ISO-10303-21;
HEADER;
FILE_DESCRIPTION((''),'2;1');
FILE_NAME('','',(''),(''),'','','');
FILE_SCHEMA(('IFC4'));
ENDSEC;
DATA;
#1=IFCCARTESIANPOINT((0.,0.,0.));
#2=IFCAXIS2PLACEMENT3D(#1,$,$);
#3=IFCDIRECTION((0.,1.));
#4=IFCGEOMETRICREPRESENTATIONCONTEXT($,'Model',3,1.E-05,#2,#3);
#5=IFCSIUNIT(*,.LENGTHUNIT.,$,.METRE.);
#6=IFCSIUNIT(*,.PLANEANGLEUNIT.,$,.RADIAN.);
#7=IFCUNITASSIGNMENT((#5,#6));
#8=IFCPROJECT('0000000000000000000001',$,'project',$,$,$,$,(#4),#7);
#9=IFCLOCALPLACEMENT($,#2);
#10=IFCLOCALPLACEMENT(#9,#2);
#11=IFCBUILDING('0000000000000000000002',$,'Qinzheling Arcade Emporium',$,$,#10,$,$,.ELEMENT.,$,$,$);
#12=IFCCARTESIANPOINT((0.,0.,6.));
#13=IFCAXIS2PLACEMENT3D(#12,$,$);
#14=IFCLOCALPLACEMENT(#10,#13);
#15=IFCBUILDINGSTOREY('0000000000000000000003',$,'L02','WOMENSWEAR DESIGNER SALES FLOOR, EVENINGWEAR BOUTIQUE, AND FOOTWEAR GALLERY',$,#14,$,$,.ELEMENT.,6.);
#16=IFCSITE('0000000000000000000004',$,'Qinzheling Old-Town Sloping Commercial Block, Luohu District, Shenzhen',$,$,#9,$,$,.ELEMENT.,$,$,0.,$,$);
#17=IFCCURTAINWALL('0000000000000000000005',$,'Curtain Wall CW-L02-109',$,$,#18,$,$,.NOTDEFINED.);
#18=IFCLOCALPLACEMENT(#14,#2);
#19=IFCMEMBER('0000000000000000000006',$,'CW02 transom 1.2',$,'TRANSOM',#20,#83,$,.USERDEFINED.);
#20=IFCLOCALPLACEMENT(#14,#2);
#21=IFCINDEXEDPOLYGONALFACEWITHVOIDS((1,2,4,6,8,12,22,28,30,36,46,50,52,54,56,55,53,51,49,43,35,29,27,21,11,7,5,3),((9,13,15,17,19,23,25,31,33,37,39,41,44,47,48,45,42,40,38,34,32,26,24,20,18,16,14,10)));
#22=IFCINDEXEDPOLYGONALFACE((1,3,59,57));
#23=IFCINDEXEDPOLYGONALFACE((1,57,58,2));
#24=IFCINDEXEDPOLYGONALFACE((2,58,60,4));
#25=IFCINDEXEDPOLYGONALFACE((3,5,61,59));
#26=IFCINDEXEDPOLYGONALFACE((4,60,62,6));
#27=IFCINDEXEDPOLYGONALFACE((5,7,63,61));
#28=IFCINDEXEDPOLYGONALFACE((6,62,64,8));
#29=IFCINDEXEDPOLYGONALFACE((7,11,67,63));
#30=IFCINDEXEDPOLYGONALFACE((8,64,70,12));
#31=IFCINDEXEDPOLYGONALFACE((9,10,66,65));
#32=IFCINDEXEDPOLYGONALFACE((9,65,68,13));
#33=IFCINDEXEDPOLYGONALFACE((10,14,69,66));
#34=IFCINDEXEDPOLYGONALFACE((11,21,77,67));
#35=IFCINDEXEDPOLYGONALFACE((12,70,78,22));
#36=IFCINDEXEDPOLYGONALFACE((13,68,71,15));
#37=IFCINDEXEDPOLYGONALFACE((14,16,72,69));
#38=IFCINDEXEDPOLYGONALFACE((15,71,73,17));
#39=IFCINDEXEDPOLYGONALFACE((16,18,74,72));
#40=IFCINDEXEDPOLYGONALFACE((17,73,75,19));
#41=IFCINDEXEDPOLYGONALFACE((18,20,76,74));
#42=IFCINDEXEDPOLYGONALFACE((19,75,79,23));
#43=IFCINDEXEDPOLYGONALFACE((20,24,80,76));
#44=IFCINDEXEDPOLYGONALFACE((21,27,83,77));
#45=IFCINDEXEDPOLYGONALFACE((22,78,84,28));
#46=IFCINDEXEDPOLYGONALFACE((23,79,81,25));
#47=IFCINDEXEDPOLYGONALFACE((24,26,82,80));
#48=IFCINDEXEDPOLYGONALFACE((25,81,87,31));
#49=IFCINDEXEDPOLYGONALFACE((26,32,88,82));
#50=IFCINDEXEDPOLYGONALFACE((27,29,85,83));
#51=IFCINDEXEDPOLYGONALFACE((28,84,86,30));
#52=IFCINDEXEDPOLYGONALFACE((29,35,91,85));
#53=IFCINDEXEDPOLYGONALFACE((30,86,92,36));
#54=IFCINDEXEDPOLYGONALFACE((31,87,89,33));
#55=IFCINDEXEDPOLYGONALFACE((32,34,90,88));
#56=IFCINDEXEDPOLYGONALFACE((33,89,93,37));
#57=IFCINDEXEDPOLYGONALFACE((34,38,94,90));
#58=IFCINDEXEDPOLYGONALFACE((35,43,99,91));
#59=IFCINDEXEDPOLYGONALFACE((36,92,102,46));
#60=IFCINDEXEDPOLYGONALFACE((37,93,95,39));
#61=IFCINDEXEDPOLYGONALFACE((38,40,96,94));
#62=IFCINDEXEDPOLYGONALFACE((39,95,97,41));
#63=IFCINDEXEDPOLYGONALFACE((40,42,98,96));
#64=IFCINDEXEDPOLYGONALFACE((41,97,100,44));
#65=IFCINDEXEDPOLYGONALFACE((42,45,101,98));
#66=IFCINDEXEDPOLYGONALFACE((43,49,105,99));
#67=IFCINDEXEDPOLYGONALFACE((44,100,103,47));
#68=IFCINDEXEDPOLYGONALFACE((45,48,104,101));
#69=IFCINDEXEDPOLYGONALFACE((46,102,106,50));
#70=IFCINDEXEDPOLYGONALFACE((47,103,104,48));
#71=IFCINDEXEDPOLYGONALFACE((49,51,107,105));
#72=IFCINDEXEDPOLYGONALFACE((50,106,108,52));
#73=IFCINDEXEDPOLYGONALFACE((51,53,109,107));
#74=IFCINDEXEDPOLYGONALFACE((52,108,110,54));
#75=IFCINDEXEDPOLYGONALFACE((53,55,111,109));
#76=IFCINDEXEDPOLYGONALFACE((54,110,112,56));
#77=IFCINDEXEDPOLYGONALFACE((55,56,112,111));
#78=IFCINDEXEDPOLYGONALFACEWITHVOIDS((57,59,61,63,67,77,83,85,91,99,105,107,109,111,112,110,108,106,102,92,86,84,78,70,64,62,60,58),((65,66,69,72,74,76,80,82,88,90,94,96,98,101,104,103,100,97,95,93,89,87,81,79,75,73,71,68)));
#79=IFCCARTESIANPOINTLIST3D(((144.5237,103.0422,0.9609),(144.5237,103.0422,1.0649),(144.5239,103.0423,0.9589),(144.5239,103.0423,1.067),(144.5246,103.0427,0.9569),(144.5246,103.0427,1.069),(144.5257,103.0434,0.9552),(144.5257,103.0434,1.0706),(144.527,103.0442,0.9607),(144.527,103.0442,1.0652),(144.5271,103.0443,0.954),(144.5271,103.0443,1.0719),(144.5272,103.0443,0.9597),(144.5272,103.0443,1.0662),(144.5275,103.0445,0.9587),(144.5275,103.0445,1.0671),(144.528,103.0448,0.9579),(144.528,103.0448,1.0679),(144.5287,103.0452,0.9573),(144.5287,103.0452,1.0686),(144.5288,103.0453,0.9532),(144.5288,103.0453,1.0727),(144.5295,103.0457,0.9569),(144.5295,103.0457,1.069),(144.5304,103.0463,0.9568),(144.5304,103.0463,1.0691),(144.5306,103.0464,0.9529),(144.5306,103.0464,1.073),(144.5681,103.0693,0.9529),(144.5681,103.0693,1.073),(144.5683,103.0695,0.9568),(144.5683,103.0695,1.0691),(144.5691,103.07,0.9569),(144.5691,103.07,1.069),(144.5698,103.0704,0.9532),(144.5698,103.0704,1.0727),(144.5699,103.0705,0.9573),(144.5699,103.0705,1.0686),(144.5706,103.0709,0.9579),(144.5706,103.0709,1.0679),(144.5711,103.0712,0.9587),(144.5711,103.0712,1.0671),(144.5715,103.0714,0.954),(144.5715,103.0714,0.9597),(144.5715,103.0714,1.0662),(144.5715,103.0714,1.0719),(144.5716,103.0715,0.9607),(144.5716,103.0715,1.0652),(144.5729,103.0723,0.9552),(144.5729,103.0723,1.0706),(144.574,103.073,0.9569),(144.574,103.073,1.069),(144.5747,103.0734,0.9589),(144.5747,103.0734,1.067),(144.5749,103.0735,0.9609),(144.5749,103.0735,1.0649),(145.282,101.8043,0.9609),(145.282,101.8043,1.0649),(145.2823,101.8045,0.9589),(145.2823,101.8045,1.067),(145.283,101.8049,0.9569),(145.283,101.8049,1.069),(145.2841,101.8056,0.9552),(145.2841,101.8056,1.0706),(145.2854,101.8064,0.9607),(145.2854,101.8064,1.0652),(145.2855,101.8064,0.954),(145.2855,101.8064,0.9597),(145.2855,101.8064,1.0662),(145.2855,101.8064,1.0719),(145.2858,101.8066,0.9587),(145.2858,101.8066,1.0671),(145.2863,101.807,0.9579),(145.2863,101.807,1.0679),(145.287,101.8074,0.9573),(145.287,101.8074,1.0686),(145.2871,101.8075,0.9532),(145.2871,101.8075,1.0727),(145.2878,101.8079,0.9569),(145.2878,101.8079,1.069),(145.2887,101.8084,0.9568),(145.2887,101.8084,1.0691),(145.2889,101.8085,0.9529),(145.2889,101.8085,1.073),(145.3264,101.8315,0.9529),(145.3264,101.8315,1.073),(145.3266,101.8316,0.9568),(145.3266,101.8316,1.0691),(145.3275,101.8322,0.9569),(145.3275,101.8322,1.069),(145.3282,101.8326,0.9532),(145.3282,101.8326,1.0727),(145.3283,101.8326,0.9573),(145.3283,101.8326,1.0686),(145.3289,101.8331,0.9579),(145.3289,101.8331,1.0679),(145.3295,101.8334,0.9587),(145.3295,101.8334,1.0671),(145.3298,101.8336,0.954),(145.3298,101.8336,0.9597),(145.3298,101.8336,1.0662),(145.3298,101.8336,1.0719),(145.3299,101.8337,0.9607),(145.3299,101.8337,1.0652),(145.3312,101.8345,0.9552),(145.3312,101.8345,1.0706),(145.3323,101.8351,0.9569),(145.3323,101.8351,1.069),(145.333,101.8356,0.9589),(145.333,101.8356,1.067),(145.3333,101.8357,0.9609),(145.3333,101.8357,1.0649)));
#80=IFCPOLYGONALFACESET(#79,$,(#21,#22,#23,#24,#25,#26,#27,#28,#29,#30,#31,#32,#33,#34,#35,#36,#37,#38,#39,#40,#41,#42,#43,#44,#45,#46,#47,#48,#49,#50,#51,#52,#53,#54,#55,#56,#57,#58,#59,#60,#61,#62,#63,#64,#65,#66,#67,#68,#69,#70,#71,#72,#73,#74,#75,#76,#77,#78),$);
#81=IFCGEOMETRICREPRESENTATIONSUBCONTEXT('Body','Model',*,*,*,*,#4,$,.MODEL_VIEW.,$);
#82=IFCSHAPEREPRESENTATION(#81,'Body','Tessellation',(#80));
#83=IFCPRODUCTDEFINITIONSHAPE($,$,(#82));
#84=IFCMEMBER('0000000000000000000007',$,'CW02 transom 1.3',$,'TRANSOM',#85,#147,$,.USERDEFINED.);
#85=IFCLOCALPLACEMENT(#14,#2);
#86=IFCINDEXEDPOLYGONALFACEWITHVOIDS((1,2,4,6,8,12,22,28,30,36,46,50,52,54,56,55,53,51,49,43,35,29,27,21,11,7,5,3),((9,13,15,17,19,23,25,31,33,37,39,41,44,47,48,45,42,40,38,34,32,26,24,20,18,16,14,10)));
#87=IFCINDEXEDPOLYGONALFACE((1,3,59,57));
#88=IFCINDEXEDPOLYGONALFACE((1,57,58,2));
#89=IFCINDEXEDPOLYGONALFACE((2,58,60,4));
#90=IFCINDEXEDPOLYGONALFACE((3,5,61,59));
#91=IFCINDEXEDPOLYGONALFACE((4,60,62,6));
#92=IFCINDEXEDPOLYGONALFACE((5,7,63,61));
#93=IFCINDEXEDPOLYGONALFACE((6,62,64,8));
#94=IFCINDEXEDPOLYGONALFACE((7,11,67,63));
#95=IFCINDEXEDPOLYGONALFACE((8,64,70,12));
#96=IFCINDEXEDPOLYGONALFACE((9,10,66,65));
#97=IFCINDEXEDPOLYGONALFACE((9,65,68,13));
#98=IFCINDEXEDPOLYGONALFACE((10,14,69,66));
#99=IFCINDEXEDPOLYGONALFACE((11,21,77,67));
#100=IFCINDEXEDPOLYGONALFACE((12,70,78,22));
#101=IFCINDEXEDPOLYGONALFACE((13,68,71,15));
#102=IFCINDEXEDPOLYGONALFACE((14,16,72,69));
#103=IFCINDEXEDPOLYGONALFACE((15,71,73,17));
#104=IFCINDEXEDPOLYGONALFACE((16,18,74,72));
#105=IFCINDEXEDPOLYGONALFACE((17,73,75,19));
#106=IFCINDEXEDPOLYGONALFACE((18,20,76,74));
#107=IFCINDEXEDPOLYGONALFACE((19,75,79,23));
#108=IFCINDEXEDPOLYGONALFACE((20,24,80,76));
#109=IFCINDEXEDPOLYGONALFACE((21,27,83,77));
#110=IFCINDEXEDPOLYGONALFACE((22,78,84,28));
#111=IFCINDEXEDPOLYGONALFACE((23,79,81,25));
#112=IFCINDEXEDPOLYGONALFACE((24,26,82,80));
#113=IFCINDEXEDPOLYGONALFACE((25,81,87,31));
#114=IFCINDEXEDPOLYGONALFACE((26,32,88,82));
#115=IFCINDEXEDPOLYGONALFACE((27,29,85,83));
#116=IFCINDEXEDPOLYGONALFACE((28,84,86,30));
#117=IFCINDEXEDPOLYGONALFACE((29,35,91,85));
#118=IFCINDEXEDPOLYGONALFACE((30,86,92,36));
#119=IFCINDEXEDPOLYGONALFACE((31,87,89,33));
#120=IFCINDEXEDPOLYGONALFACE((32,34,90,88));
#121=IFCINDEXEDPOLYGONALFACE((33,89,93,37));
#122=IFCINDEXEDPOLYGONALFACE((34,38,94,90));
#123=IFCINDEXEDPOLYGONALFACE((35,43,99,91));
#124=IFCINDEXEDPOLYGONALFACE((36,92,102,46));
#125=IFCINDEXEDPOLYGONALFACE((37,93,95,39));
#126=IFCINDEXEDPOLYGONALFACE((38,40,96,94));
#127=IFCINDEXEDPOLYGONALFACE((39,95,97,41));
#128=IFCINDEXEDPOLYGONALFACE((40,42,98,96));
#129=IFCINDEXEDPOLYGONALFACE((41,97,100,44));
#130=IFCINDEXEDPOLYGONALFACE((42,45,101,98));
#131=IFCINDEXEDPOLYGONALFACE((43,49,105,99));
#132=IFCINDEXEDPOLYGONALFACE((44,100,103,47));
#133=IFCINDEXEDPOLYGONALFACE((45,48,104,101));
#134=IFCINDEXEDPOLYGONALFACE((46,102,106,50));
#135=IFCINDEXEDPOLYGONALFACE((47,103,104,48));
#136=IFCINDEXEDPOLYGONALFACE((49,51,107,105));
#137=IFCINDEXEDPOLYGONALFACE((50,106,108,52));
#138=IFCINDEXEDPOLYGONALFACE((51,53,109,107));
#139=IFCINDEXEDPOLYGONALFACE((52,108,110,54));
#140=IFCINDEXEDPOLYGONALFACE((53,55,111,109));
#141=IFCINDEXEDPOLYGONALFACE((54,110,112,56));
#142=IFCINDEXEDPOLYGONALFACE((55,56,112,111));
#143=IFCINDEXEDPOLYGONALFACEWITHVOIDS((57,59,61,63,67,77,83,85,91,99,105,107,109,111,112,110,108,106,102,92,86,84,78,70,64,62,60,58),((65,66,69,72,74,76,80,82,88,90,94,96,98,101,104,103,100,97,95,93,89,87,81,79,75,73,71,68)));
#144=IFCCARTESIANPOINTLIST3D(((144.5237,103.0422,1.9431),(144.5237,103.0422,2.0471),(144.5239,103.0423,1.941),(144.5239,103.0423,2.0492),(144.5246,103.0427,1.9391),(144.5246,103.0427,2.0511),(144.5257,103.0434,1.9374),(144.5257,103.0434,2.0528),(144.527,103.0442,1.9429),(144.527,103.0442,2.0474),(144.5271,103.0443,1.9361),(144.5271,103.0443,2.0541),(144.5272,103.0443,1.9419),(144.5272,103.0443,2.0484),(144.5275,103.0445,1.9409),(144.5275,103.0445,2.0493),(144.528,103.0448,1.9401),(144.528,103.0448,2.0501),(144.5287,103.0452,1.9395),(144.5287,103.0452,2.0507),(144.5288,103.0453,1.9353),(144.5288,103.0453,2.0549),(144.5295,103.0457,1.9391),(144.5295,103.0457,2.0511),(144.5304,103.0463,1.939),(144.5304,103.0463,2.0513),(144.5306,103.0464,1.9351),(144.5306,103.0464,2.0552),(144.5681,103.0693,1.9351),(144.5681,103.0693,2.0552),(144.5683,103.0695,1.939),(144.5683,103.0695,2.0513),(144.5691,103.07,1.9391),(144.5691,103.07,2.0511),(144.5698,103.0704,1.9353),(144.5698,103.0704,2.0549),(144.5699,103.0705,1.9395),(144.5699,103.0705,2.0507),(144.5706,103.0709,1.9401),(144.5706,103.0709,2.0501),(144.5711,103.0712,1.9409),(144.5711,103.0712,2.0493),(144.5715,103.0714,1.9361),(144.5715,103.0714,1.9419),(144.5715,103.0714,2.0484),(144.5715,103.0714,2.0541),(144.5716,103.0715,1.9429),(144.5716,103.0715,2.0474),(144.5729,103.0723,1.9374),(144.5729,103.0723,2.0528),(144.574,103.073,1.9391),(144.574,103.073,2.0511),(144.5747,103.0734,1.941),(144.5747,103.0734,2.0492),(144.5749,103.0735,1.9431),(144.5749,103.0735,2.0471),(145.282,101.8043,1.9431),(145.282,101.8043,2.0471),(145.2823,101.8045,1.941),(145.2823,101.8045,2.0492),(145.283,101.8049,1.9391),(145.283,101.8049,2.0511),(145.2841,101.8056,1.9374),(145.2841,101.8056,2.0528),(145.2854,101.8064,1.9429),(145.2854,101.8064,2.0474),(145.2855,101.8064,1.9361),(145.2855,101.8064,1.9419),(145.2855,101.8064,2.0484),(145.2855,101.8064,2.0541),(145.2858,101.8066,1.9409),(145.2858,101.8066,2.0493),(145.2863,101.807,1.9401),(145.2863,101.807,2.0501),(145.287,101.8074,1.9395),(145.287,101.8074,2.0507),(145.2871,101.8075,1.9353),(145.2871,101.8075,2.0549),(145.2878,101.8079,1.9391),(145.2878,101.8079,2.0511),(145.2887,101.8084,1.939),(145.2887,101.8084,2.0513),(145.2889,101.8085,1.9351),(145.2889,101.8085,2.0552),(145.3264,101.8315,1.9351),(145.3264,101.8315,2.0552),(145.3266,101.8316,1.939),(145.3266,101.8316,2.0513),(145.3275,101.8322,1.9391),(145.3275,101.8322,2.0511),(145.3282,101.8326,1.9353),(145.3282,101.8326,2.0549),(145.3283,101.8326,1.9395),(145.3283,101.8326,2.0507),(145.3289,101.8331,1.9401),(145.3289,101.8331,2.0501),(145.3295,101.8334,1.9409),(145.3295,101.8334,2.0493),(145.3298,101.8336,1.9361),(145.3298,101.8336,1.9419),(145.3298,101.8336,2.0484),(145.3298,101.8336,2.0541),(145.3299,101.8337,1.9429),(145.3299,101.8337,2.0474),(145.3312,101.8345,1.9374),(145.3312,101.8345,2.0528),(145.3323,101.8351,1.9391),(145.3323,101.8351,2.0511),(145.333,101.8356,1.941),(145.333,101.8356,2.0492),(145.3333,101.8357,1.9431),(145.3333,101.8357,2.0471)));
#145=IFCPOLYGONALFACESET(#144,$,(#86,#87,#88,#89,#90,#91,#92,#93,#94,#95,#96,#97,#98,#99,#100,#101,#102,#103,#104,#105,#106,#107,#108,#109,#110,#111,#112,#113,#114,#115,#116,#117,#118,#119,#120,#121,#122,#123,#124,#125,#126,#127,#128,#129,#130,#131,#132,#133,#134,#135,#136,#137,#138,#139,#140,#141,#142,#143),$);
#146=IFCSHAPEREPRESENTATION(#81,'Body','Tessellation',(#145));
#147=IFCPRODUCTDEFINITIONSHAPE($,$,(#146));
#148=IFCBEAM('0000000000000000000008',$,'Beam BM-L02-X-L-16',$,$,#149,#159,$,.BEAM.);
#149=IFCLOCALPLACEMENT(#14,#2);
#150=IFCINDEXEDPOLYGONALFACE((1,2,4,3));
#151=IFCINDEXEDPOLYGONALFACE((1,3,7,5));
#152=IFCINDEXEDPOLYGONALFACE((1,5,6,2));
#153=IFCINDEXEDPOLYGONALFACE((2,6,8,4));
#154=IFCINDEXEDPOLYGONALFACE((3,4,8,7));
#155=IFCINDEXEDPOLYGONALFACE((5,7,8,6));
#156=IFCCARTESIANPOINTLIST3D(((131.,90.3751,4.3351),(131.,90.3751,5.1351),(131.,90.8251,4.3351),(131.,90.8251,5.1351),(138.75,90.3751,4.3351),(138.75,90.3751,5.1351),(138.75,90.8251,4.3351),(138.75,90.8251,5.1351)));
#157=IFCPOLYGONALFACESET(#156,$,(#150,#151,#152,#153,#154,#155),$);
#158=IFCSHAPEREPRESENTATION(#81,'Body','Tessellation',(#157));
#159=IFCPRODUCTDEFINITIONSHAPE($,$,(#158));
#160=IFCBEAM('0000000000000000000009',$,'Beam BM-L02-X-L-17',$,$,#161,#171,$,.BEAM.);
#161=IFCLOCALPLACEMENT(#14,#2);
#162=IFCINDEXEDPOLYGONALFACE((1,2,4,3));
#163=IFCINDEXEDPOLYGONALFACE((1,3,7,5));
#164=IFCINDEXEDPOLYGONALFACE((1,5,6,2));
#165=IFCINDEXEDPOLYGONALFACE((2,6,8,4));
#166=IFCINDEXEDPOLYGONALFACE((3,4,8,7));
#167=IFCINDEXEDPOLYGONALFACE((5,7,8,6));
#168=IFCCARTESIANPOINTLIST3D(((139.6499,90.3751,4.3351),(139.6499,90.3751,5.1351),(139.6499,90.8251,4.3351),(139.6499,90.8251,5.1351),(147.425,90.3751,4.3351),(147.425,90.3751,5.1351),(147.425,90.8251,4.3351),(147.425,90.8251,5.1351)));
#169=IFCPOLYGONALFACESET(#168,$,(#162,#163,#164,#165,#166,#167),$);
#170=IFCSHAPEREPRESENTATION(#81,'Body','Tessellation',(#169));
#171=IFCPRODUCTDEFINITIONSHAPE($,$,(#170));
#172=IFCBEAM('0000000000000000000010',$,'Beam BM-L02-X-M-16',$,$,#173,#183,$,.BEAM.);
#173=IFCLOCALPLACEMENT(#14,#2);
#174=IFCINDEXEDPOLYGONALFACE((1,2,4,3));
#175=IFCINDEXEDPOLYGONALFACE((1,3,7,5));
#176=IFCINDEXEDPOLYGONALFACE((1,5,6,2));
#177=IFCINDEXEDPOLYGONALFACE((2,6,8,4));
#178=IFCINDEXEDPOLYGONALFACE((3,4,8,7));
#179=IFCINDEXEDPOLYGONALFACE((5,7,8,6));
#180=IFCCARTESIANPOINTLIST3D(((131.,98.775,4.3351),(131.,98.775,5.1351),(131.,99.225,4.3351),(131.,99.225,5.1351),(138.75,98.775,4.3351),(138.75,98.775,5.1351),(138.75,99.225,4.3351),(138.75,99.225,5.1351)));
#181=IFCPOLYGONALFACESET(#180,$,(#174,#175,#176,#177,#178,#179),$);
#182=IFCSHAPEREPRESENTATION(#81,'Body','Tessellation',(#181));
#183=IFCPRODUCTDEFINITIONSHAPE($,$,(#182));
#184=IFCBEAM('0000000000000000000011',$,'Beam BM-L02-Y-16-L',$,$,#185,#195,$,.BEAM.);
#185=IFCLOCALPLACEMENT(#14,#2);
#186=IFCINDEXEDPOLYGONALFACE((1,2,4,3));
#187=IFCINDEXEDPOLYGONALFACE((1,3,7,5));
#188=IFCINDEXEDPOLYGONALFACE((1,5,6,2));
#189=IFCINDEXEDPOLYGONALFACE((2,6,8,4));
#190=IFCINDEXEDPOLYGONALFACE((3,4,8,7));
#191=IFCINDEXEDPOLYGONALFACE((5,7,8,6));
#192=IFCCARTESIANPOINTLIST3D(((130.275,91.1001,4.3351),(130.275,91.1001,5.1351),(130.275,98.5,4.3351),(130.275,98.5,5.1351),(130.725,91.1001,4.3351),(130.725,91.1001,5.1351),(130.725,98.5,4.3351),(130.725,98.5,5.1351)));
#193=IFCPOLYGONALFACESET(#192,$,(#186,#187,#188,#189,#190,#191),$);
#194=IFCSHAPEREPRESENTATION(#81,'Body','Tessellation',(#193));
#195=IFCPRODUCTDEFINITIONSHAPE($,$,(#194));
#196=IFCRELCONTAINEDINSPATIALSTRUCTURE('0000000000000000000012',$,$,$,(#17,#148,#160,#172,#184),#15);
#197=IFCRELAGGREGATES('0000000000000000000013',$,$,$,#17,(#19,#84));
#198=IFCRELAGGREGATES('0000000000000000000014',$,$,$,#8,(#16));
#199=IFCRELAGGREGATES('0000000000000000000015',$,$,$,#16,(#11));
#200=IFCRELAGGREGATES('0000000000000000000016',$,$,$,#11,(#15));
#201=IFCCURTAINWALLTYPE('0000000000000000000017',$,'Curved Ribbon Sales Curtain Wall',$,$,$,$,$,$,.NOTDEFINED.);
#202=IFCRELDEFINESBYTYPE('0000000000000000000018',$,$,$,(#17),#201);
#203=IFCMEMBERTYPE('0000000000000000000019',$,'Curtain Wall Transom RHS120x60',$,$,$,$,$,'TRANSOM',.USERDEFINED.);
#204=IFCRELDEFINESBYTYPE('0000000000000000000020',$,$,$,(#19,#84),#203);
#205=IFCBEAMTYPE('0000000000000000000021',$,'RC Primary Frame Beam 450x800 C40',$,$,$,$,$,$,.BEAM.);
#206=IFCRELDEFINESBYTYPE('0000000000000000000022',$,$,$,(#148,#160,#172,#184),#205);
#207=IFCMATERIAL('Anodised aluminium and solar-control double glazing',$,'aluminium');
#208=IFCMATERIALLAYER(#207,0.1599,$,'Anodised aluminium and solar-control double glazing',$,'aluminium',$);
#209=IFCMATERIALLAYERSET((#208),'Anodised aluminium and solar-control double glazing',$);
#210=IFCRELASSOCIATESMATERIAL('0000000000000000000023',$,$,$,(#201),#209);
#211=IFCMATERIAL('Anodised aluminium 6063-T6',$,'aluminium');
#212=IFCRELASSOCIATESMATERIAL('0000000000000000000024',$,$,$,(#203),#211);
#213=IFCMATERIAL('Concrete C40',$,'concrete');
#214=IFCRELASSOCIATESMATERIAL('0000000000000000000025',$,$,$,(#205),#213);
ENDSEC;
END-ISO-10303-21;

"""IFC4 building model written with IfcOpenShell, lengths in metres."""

from ifc_helpers import new_model, si_unit, direction, frame, origin, origin_2d, place, context, subcontext, project, spatial, rectangle, hollow_rectangle, extrude, material, layer, layer_set, material_profile, profile_set, type_object, element, aggregate, save


model = new_model("IFC4")

# Units and contexts
model_context = context("Model", 3, precision=1e-05, world=origin(), true_north=direction((0.0, 1.0)))
body_context = subcontext(model_context, "Body", "Model", "MODEL_VIEW")
ifc_project = project(units=[si_unit("LENGTHUNIT", "METRE"), si_unit("PLANEANGLEUNIT", "RADIAN")], contexts=[model_context])

# Site, building, storey
site_placement = place(None, origin())
site = spatial("IfcSite", under=ifc_project, at=site_placement, Name="Qinzheling Old-Town Sloping Commercial Block, Luohu District, Shenzhen", CompositionType="ELEMENT", RefElevation=0.0)
building_placement = place(site_placement, origin())
building = spatial("IfcBuilding", under=site, at=building_placement, Name="Qinzheling Arcade Emporium", CompositionType="ELEMENT")
storey_placement = place(building_placement, frame((0.0, 0.0, 6.0)))
storey = spatial("IfcBuildingStorey", under=building, at=storey_placement, Name="L02", Description="WOMENSWEAR DESIGNER SALES FLOOR, EVENINGWEAR BOUTIQUE, AND FOOTWEAR GALLERY", CompositionType="ELEMENT", Elevation=6.0)

# Curtain wall, members
ifc_material_1 = material(Name="Anodised aluminium and solar-control double glazing", Category="aluminium")
ifc_layer_1 = layer(ifc_material_1, 0.1599, Name="Anodised aluminium and solar-control double glazing", Category="aluminium")
ifc_layer_set_1 = layer_set([ifc_layer_1], Name="Anodised aluminium and solar-control double glazing")
curtain_wall_type = type_object("IfcCurtainWallType", Name="Curved Ribbon Sales Curtain Wall", PredefinedType="NOTDEFINED", material=ifc_layer_set_1)
curtain_wall_placement = place(storey_placement, origin())
curtain_wall = element("IfcCurtainWall", 1, at=curtain_wall_placement, inside=storey, type_object=curtain_wall_type, Name="Curtain Wall CW-L02-109", PredefinedType="NOTDEFINED")
ifc_material_2 = material(Name="Anodised aluminium 6063-T6", Category="aluminium")
ifc_material_profile_1 = material_profile(ifc_material_2, hollow_rectangle(XDim=0.0601, YDim=0.1201, WallThickness=0.0039, InnerFilletRadius=0.0039, OuterFilletRadius=0.0081, at=origin_2d()), Name="RHS 120x60x4", Category="aluminium")
ifc_profile_set_1 = profile_set([ifc_material_profile_1], Name="Anodised aluminium 6063-T6")
member_type_1 = type_object("IfcMemberType", Name="Curtain Wall Transom RHS120x60", ElementType="TRANSOM", PredefinedType="USERDEFINED", material=ifc_profile_set_1)
member_1_placement = place(storey_placement, frame((144.5493, 103.0579, 1.0129), z_axis=(0.522389, -0.852708, 0.0), x_axis=(0.852708, 0.522389, 0.0)))
member_1 = element("IfcMember", 2, at=member_1_placement, type_object=member_type_1, Name="CW02 transom 1.2", ObjectType="TRANSOM", PredefinedType="USERDEFINED", context=body_context, shape_type="SweptSolid", body=[
    extrude(hollow_rectangle(XDim=0.0601, YDim=0.1201, WallThickness=0.0039, InnerFilletRadius=0.0039, OuterFilletRadius=0.0081, at=origin_2d()), origin(), (0.0, 0.0, 1.0), 1.4517),
])
member_2_placement = place(storey_placement, frame((144.5493, 103.0579, 1.9951), z_axis=(0.522389, -0.852708, 0.0), x_axis=(0.852708, 0.522389, 0.0)))
member_2 = element("IfcMember", 3, at=member_2_placement, type_object=member_type_1, Name="CW02 transom 1.3", ObjectType="TRANSOM", PredefinedType="USERDEFINED", context=body_context, shape_type="SweptSolid", body=[
    extrude(hollow_rectangle(XDim=0.0601, YDim=0.1201, WallThickness=0.0039, InnerFilletRadius=0.0039, OuterFilletRadius=0.0081, at=origin_2d()), origin(), (0.0, 0.0, 1.0), 1.4517),
])

# Beams
ifc_material_3 = material(Name="Concrete C40", Category="concrete")
ifc_material_profile_2 = material_profile(ifc_material_3, rectangle(XDim=0.45, YDim=0.8, at=origin_2d()), Name="RC 450x800", Category="concrete")
ifc_profile_set_2 = profile_set([ifc_material_profile_2], Name="Concrete C40")
beam_type_1 = type_object("IfcBeamType", Name="RC Primary Frame Beam 450x800 C40", PredefinedType="BEAM", material=ifc_profile_set_2)
beam_1_placement = place(storey_placement, frame((131.0, 90.6001, 4.7351), z_axis=(1.0, 0.0, 0.0), x_axis=(0.0, 1.0, 0.0)))
element("IfcBeam", 4, at=beam_1_placement, inside=storey, type_object=beam_type_1, Name="Beam BM-L02-X-L-16", PredefinedType="BEAM", context=body_context, shape_type="SweptSolid", body=[
    extrude(rectangle(XDim=0.45, YDim=0.8, at=origin_2d()), origin(), (0.0, 0.0, 1.0), 7.75),
])
beam_2_placement = place(storey_placement, frame((139.6499, 90.6001, 4.7351), z_axis=(1.0, 0.0, 0.0), x_axis=(0.0, 1.0, 0.0)))
element("IfcBeam", 5, at=beam_2_placement, inside=storey, type_object=beam_type_1, Name="Beam BM-L02-X-L-17", PredefinedType="BEAM", context=body_context, shape_type="SweptSolid", body=[
    extrude(rectangle(XDim=0.45, YDim=0.8, at=origin_2d()), origin(), (0.0, 0.0, 1.0), 7.7751),
])
beam_3_placement = place(storey_placement, frame((131.0, 99.0, 4.7351), z_axis=(1.0, 0.0, 0.0), x_axis=(0.0, 1.0, 0.0)))
element("IfcBeam", 6, at=beam_3_placement, inside=storey, type_object=beam_type_1, Name="Beam BM-L02-X-M-16", PredefinedType="BEAM", context=body_context, shape_type="SweptSolid", body=[
    extrude(rectangle(XDim=0.45, YDim=0.8, at=origin_2d()), origin(), (0.0, 0.0, 1.0), 7.75),
])
beam_4_placement = place(storey_placement, frame((130.5, 91.1001, 4.7351), z_axis=(0.0, 1.0, 0.0), x_axis=(-1.0, 0.0, 0.0)))
element("IfcBeam", 7, at=beam_4_placement, inside=storey, type_object=beam_type_1, Name="Beam BM-L02-Y-16-L", PredefinedType="BEAM", context=body_context, shape_type="SweptSolid", body=[
    extrude(rectangle(XDim=0.45, YDim=0.8, at=origin_2d()), origin(), (0.0, 0.0, 1.0), 7.3999),
])

aggregate(curtain_wall, [member_1, member_2])

save(model, "model.ifc")
